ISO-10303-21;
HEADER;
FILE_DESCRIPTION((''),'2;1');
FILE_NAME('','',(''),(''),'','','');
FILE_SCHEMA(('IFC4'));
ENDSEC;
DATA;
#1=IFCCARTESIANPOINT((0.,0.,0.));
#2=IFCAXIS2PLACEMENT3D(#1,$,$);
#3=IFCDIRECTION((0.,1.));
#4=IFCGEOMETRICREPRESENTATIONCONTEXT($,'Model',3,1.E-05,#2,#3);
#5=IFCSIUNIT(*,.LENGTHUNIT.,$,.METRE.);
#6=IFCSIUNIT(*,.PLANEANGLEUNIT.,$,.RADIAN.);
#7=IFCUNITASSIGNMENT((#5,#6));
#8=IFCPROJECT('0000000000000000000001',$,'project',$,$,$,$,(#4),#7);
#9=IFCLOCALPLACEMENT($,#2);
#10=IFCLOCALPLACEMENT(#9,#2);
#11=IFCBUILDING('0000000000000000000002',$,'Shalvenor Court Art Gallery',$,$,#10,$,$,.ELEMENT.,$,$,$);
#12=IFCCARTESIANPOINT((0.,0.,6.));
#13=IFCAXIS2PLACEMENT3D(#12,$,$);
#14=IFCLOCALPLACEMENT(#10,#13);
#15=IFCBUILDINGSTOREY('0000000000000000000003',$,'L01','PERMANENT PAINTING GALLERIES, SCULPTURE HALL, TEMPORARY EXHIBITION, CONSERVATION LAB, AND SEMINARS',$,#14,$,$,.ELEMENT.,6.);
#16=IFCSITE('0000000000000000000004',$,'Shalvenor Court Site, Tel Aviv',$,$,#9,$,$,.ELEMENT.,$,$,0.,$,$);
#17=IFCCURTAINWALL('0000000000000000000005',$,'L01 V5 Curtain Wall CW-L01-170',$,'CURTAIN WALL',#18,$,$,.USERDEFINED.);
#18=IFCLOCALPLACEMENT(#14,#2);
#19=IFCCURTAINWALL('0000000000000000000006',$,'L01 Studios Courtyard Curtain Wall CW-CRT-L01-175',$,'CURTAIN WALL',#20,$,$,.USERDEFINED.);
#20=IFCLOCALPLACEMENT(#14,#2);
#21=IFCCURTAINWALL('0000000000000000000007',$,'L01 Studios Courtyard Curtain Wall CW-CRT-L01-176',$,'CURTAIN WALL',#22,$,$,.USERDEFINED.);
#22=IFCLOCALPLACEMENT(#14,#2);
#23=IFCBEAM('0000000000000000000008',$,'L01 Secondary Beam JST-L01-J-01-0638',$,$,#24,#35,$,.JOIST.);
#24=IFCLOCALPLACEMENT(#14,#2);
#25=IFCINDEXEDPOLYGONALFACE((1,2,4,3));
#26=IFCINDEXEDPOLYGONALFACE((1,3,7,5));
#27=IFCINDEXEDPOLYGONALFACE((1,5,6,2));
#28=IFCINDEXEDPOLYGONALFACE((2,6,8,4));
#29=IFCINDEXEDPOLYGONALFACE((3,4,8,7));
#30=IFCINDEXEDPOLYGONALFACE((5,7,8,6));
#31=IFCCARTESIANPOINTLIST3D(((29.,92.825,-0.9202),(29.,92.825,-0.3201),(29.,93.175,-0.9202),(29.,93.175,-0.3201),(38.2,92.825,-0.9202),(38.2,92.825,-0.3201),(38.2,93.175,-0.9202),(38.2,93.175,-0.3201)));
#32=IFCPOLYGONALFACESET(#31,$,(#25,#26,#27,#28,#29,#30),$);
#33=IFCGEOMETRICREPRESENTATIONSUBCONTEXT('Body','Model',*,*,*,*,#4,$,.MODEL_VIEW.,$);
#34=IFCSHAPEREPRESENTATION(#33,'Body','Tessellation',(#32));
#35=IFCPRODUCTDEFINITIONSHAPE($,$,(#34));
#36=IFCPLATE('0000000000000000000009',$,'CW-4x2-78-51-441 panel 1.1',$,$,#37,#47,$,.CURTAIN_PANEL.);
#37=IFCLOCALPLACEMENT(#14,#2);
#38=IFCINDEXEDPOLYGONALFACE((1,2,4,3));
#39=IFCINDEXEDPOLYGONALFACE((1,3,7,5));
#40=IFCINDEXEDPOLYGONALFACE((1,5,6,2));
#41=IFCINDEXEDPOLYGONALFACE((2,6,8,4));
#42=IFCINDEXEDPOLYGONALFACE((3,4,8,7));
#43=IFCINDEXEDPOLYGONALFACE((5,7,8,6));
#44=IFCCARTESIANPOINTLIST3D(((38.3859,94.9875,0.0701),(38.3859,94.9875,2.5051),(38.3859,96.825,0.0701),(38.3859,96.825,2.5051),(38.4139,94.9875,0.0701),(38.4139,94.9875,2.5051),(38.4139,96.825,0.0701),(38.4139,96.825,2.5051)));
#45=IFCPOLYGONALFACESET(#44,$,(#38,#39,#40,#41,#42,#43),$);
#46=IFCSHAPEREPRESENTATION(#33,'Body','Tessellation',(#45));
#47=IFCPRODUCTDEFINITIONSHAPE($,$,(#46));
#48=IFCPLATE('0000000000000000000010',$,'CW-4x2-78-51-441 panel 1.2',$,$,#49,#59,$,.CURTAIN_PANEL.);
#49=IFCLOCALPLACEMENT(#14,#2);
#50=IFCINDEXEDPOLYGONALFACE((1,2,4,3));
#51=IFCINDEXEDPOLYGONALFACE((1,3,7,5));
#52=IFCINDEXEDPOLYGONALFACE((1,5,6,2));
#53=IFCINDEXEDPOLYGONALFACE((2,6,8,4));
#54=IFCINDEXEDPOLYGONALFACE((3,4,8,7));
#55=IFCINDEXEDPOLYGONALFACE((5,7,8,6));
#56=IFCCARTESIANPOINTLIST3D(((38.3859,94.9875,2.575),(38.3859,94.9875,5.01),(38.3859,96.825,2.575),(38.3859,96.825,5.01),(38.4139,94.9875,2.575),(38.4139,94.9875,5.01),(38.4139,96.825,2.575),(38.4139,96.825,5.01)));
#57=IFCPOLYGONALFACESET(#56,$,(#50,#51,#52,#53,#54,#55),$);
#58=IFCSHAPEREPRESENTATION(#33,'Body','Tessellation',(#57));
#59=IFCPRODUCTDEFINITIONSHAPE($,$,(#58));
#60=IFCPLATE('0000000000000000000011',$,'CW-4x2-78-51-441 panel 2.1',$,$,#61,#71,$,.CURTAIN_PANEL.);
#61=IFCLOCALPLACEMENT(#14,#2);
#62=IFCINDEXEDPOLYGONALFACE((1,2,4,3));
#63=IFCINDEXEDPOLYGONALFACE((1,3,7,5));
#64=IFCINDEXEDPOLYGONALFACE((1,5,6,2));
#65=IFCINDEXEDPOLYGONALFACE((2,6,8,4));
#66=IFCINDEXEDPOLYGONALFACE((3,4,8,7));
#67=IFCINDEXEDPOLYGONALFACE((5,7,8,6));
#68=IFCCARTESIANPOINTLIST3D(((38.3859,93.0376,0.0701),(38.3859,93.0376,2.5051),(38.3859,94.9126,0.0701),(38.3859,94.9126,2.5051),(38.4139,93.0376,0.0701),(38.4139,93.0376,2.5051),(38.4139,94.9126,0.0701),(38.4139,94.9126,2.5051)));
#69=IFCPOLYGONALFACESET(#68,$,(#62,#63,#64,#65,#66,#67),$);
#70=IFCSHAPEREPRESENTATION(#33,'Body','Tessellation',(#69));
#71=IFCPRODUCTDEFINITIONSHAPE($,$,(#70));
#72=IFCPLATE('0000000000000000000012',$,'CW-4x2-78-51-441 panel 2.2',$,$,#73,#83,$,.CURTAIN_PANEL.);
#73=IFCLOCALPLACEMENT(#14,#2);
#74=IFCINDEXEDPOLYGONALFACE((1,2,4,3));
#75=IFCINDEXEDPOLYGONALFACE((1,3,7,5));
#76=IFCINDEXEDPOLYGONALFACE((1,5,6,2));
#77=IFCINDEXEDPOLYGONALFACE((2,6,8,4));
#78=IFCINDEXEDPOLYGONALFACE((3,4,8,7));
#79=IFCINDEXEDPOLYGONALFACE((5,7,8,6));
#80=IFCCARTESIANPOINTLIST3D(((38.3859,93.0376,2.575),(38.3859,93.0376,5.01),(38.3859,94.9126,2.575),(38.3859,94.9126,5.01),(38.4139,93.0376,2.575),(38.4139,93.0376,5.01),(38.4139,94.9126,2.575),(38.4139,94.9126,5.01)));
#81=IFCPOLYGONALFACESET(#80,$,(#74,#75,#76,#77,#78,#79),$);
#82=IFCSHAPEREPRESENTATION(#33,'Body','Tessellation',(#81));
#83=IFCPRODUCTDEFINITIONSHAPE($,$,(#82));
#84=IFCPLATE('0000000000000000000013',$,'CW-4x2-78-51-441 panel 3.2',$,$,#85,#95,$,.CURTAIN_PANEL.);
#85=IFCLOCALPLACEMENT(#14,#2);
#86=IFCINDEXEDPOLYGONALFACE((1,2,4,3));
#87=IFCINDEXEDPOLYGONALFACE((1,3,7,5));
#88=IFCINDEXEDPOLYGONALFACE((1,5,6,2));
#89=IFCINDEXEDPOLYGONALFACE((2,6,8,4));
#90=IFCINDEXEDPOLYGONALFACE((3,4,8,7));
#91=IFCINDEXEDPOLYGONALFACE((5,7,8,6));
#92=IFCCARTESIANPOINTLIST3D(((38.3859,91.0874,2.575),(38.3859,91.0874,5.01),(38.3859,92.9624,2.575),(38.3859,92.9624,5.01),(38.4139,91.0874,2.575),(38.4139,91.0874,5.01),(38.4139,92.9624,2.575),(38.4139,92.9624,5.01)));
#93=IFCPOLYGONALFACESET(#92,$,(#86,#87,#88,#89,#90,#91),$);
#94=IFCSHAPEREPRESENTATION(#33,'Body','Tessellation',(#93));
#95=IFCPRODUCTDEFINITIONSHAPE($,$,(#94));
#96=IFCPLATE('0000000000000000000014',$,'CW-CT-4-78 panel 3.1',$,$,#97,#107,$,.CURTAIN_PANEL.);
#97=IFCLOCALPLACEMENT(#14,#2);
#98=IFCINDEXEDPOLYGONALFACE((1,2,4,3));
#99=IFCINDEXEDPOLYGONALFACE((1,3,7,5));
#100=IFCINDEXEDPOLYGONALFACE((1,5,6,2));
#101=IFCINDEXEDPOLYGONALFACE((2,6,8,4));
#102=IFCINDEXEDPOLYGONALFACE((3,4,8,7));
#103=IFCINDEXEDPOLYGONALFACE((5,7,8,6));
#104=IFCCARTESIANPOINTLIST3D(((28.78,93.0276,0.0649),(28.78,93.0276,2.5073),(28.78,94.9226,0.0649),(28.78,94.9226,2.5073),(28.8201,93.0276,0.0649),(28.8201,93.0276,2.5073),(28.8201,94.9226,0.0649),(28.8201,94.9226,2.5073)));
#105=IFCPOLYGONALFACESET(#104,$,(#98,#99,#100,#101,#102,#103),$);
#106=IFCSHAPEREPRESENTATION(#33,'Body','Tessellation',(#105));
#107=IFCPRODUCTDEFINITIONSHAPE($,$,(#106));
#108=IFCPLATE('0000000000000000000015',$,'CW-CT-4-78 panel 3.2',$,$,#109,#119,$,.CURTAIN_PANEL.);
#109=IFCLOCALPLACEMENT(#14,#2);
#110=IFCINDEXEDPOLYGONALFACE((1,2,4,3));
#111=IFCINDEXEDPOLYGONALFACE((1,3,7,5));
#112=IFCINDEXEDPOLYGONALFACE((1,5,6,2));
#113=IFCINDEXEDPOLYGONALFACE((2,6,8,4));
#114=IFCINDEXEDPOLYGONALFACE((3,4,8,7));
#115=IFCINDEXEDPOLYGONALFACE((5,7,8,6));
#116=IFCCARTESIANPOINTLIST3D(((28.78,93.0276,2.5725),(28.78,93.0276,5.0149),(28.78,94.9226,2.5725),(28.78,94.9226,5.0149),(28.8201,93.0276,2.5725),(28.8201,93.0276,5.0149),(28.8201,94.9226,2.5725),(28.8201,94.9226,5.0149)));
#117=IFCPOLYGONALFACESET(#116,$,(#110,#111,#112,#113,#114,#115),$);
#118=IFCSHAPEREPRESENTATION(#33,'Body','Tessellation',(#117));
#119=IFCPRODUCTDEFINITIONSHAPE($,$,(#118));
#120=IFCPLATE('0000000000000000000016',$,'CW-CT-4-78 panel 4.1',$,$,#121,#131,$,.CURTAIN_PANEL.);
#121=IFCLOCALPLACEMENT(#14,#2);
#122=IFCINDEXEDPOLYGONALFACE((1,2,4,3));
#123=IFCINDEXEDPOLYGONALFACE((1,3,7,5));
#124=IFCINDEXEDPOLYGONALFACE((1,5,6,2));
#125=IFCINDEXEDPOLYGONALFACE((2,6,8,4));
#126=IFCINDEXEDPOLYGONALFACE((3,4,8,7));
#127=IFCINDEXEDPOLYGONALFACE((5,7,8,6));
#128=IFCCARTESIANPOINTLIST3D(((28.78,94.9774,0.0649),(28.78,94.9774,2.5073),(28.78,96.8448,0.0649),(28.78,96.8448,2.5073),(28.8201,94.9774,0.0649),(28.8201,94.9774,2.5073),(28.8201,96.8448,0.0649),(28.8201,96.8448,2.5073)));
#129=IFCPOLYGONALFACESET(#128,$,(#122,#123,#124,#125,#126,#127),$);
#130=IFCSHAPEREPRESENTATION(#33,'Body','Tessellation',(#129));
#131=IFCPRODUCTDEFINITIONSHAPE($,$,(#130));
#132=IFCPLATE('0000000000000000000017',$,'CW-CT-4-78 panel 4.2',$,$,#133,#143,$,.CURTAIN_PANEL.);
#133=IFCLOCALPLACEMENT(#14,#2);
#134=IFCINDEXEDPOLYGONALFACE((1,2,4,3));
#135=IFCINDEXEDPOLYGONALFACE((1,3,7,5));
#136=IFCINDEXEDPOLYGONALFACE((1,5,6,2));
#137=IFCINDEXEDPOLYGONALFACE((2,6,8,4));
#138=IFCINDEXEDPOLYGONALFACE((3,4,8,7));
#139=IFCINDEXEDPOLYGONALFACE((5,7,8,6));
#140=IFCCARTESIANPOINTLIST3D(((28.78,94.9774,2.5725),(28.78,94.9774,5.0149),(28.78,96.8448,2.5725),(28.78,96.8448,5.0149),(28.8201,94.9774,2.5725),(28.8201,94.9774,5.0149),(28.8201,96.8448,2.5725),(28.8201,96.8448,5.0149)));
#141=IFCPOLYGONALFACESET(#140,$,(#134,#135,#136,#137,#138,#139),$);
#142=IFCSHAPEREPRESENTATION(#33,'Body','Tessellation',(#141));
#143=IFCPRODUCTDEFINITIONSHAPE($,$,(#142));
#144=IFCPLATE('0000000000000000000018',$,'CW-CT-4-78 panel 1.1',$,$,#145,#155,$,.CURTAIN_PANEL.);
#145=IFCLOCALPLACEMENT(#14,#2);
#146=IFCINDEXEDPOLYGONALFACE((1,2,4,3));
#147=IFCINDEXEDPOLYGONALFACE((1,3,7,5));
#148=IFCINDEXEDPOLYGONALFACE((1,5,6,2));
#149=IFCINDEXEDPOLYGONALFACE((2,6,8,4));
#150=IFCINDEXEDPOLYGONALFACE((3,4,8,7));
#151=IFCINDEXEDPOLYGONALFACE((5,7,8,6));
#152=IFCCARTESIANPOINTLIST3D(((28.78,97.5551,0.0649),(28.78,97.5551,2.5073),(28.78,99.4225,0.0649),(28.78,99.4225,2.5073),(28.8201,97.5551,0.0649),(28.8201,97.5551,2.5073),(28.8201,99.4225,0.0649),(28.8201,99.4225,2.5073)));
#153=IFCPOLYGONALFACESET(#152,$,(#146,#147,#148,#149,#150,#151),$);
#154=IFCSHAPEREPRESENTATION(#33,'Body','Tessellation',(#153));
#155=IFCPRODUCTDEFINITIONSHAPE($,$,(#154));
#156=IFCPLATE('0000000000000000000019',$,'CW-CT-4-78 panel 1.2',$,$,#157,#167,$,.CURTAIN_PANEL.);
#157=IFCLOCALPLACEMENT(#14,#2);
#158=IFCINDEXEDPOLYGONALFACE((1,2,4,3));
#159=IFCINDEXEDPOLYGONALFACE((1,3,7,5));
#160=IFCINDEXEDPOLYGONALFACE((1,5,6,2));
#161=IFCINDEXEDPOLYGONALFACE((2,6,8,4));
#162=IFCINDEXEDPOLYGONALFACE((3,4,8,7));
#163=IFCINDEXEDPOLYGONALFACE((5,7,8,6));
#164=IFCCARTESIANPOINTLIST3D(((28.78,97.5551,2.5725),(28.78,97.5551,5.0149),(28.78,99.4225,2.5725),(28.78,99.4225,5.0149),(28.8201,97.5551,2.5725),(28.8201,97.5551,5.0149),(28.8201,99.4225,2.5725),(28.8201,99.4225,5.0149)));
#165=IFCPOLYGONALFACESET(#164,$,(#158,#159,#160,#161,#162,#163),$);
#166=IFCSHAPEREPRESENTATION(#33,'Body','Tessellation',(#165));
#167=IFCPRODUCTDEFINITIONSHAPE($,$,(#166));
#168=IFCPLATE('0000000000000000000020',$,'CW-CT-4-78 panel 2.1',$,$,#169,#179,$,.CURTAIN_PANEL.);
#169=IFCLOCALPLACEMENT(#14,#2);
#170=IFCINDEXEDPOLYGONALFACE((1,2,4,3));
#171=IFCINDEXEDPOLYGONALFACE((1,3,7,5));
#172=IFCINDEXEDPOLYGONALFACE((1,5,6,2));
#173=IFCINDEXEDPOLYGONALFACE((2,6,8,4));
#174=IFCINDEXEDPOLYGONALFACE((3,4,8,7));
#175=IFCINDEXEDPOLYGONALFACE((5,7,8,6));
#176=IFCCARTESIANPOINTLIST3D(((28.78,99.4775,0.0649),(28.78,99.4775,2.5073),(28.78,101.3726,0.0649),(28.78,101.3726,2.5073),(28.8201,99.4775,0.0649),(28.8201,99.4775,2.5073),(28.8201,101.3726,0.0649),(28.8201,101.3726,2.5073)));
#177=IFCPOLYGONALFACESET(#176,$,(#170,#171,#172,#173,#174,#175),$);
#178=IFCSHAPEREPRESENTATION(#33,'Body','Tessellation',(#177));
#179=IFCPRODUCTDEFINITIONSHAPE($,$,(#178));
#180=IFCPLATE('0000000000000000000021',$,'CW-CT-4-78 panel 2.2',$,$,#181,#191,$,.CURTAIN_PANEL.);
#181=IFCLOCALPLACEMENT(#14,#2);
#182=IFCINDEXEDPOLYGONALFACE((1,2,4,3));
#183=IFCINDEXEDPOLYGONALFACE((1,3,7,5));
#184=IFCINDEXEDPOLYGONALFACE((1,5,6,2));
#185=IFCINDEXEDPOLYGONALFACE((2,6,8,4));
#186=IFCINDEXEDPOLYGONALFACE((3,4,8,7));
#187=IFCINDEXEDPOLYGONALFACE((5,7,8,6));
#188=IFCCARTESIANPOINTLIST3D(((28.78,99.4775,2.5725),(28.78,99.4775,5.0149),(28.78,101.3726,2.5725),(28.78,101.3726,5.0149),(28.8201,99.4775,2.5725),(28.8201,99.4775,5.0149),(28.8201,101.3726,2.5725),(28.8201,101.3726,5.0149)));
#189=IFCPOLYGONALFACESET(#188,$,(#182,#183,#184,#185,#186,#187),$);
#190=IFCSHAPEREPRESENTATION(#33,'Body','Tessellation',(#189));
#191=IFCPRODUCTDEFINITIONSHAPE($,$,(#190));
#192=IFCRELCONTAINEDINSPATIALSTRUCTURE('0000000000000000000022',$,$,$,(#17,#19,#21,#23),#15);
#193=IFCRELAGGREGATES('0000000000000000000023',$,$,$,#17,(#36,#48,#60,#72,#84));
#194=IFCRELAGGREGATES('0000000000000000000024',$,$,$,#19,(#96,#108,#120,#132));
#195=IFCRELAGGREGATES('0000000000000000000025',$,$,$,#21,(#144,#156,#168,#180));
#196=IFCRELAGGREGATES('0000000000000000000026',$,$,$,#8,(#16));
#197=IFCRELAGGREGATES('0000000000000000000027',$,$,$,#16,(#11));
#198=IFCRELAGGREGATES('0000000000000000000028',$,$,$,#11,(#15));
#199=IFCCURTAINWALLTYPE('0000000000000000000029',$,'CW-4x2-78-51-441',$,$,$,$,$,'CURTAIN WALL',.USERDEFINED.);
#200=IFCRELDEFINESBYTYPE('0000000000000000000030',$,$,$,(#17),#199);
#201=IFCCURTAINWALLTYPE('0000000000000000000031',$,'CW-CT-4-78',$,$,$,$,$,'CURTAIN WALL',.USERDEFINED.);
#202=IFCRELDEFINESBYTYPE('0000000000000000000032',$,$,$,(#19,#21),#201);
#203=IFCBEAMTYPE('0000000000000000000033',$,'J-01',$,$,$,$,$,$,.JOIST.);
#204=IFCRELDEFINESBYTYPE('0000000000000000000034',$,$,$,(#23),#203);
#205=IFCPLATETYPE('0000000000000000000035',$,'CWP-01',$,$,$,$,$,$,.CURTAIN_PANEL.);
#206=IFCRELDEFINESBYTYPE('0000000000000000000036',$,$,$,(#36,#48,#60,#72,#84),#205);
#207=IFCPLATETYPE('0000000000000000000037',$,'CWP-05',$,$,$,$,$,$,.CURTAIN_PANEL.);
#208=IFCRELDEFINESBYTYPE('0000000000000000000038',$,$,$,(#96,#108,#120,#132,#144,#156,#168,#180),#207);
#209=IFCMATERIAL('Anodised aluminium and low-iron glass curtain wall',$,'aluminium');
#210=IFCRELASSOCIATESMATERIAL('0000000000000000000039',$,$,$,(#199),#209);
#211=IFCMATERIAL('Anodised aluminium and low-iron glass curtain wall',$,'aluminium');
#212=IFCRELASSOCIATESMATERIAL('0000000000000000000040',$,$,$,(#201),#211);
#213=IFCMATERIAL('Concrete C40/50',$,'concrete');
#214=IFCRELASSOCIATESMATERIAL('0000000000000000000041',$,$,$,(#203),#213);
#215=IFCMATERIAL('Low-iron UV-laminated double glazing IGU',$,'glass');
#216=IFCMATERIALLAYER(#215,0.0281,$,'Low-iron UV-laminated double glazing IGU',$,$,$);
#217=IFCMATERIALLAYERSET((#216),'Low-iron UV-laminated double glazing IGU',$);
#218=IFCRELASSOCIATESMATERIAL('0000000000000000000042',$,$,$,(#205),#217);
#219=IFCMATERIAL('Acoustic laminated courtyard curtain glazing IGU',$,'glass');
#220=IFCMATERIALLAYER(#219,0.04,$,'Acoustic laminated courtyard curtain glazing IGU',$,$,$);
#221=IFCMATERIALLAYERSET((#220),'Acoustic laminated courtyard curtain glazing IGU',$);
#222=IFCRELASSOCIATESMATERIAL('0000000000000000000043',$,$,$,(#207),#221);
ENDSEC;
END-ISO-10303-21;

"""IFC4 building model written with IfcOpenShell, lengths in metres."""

from ifc_helpers import new_model, si_unit, direction, frame, origin, origin_2d, place, context, subcontext, project, spatial, rectangle, extrude, material, layer, layer_set, material_profile, profile_set, type_object, element, aggregate, save


model = new_model("IFC4")

# Units and contexts
model_context = context("Model", 3, precision=1e-05, world=origin(), true_north=direction((0.0, 1.0)))
body_context = subcontext(model_context, "Body", "Model", "MODEL_VIEW")
ifc_project = project(units=[si_unit("LENGTHUNIT", "METRE"), si_unit("PLANEANGLEUNIT", "RADIAN")], contexts=[model_context])

# Site, building, storey
site_placement = place(None, origin())
site = spatial("IfcSite", under=ifc_project, at=site_placement, Name="Shalvenor Court Site, Tel Aviv", CompositionType="ELEMENT", RefElevation=0.0)
building_placement = place(site_placement, origin())
building = spatial("IfcBuilding", under=site, at=building_placement, Name="Shalvenor Court Art Gallery", CompositionType="ELEMENT")
storey_placement = place(building_placement, frame((0.0, 0.0, 6.0)))
storey = spatial("IfcBuildingStorey", under=building, at=storey_placement, Name="L01", Description="PERMANENT PAINTING GALLERIES, SCULPTURE HALL, TEMPORARY EXHIBITION, CONSERVATION LAB, AND SEMINARS", CompositionType="ELEMENT", Elevation=6.0)

# Curtain walls
ifc_material_1 = material(Name="Anodised aluminium and low-iron glass curtain wall", Category="aluminium")
curtain_wall_type_1 = type_object("IfcCurtainWallType", Name="CW-4x2-78-51-441", ElementType="CURTAIN WALL", PredefinedType="USERDEFINED", material=ifc_material_1)
curtain_wall_1_placement = place(storey_placement, origin())
curtain_wall_1 = element("IfcCurtainWall", 1, at=curtain_wall_1_placement, inside=storey, type_object=curtain_wall_type_1, Name="L01 V5 Curtain Wall CW-L01-170", ObjectType="CURTAIN WALL", PredefinedType="USERDEFINED")
ifc_material_2 = material(Name="Anodised aluminium and low-iron glass curtain wall", Category="aluminium")
curtain_wall_type_2 = type_object("IfcCurtainWallType", Name="CW-CT-4-78", ElementType="CURTAIN WALL", PredefinedType="USERDEFINED", material=ifc_material_2)
curtain_wall_2_placement = place(storey_placement, origin())
curtain_wall_2 = element("IfcCurtainWall", 2, at=curtain_wall_2_placement, inside=storey, type_object=curtain_wall_type_2, Name="L01 Studios Courtyard Curtain Wall CW-CRT-L01-175", ObjectType="CURTAIN WALL", PredefinedType="USERDEFINED")
curtain_wall_3_placement = place(storey_placement, origin())
curtain_wall_3 = element("IfcCurtainWall", 3, at=curtain_wall_3_placement, inside=storey, type_object=curtain_wall_type_2, Name="L01 Studios Courtyard Curtain Wall CW-CRT-L01-176", ObjectType="CURTAIN WALL", PredefinedType="USERDEFINED")

# Beam
ifc_material_3 = material(Name="Concrete C40/50", Category="concrete")
ifc_material_profile_1 = material_profile(ifc_material_3, rectangle(XDim=0.3501, YDim=0.6001, at=origin_2d()), Name="RC 350x600")
ifc_profile_set_1 = profile_set([ifc_material_profile_1], Name="Concrete C40/50")
beam_type_1 = type_object("IfcBeamType", Name="J-01", PredefinedType="JOIST", material=ifc_profile_set_1)
beam_1_placement = place(storey_placement, frame((29.0, 93.0, -0.6201), z_axis=(1.0, 0.0, 0.0), x_axis=(0.0, 1.0, 0.0)))
element("IfcBeam", 4, at=beam_1_placement, inside=storey, type_object=beam_type_1, Name="L01 Secondary Beam JST-L01-J-01-0638", PredefinedType="JOIST", context=body_context, shape_type="SweptSolid", body=[
    extrude(rectangle(XDim=0.3501, YDim=0.6001, at=origin_2d()), origin(), (0.0, 0.0, 1.0), 9.2),
])

# Plates
ifc_material_4 = material(Name="Low-iron UV-laminated double glazing IGU", Category="glass")
ifc_layer_1 = layer(ifc_material_4, 0.0281, Name="Low-iron UV-laminated double glazing IGU")
ifc_layer_set_1 = layer_set([ifc_layer_1], Name="Low-iron UV-laminated double glazing IGU")
plate_type_1 = type_object("IfcPlateType", Name="CWP-01", PredefinedType="CURTAIN_PANEL", material=ifc_layer_set_1)
plate_1_placement = place(storey_placement, frame((38.3999, 95.9062, 0.0701), z_axis=(0.0, 0.0, 1.0), x_axis=(0.0, -1.0, 0.0)))
plate_1 = element("IfcPlate", 5, at=plate_1_placement, type_object=plate_type_1, Name="CW-4x2-78-51-441 panel 1.1", PredefinedType="CURTAIN_PANEL", context=body_context, shape_type="SweptSolid", body=[
    extrude(rectangle(XDim=1.8374, YDim=0.0281, at=origin_2d()), origin(), (0.0, 0.0, 1.0), 2.4351),
])
plate_2_placement = place(storey_placement, frame((38.3999, 95.9062, 2.575), z_axis=(0.0, 0.0, 1.0), x_axis=(0.0, -1.0, 0.0)))
plate_2 = element("IfcPlate", 6, at=plate_2_placement, type_object=plate_type_1, Name="CW-4x2-78-51-441 panel 1.2", PredefinedType="CURTAIN_PANEL", context=body_context, shape_type="SweptSolid", body=[
    extrude(rectangle(XDim=1.8374, YDim=0.0281, at=origin_2d()), origin(), (0.0, 0.0, 1.0), 2.4351),
])
plate_3_placement = place(storey_placement, frame((38.3999, 93.9751, 0.0701), z_axis=(0.0, 0.0, 1.0), x_axis=(0.0, -1.0, 0.0)))
plate_3 = element("IfcPlate", 7, at=plate_3_placement, type_object=plate_type_1, Name="CW-4x2-78-51-441 panel 2.1", PredefinedType="CURTAIN_PANEL", context=body_context, shape_type="SweptSolid", body=[
    extrude(rectangle(XDim=1.875, YDim=0.0281, at=origin_2d()), origin(), (0.0, 0.0, 1.0), 2.4351),
])
plate_4_placement = place(storey_placement, frame((38.3999, 93.9751, 2.575), z_axis=(0.0, 0.0, 1.0), x_axis=(0.0, -1.0, 0.0)))
plate_4 = element("IfcPlate", 8, at=plate_4_placement, type_object=plate_type_1, Name="CW-4x2-78-51-441 panel 2.2", PredefinedType="CURTAIN_PANEL", context=body_context, shape_type="SweptSolid", body=[
    extrude(rectangle(XDim=1.875, YDim=0.0281, at=origin_2d()), origin(), (0.0, 0.0, 1.0), 2.4351),
])
plate_5_placement = place(storey_placement, frame((38.3999, 92.0249, 2.575), z_axis=(0.0, 0.0, 1.0), x_axis=(0.0, -1.0, 0.0)))
plate_5 = element("IfcPlate", 9, at=plate_5_placement, type_object=plate_type_1, Name="CW-4x2-78-51-441 panel 3.2", PredefinedType="CURTAIN_PANEL", context=body_context, shape_type="SweptSolid", body=[
    extrude(rectangle(XDim=1.875, YDim=0.0281, at=origin_2d()), origin(), (0.0, 0.0, 1.0), 2.4351),
])
aggregate(curtain_wall_1, [plate_1, plate_2, plate_3, plate_4, plate_5])
ifc_material_5 = material(Name="Acoustic laminated courtyard curtain glazing IGU", Category="glass")
ifc_layer_2 = layer(ifc_material_5, 0.04, Name="Acoustic laminated courtyard curtain glazing IGU")
ifc_layer_set_2 = layer_set([ifc_layer_2], Name="Acoustic laminated courtyard curtain glazing IGU")
plate_type_2 = type_object("IfcPlateType", Name="CWP-05", PredefinedType="CURTAIN_PANEL", material=ifc_layer_set_2)
plate_6_placement = place(storey_placement, frame((28.8, 93.9751, 0.0649), z_axis=(0.0, 0.0, 1.0), x_axis=(0.0, 1.0, 0.0)))
plate_6 = element("IfcPlate", 10, at=plate_6_placement, type_object=plate_type_2, Name="CW-CT-4-78 panel 3.1", PredefinedType="CURTAIN_PANEL", context=body_context, shape_type="SweptSolid", body=[
    extrude(rectangle(XDim=1.895, YDim=0.04, at=origin_2d()), origin(), (0.0, 0.0, 1.0), 2.4424),
])
plate_7_placement = place(storey_placement, frame((28.8, 93.9751, 2.5725), z_axis=(0.0, 0.0, 1.0), x_axis=(0.0, 1.0, 0.0)))
plate_7 = element("IfcPlate", 11, at=plate_7_placement, type_object=plate_type_2, Name="CW-CT-4-78 panel 3.2", PredefinedType="CURTAIN_PANEL", context=body_context, shape_type="SweptSolid", body=[
    extrude(rectangle(XDim=1.895, YDim=0.04, at=origin_2d()), origin(), (0.0, 0.0, 1.0), 2.4424),
])
plate_8_placement = place(storey_placement, frame((28.8, 95.9111, 0.0649), z_axis=(0.0, 0.0, 1.0), x_axis=(0.0, 1.0, 0.0)))
plate_8 = element("IfcPlate", 12, at=plate_8_placement, type_object=plate_type_2, Name="CW-CT-4-78 panel 4.1", PredefinedType="CURTAIN_PANEL", context=body_context, shape_type="SweptSolid", body=[
    extrude(rectangle(XDim=1.8674, YDim=0.04, at=origin_2d()), origin(), (0.0, 0.0, 1.0), 2.4424),
])
plate_9_placement = place(storey_placement, frame((28.8, 95.9111, 2.5725), z_axis=(0.0, 0.0, 1.0), x_axis=(0.0, 1.0, 0.0)))
plate_9 = element("IfcPlate", 13, at=plate_9_placement, type_object=plate_type_2, Name="CW-CT-4-78 panel 4.2", PredefinedType="CURTAIN_PANEL", context=body_context, shape_type="SweptSolid", body=[
    extrude(rectangle(XDim=1.8674, YDim=0.04, at=origin_2d()), origin(), (0.0, 0.0, 1.0), 2.4424),
])
aggregate(curtain_wall_2, [plate_6, plate_7, plate_8, plate_9])
plate_10_placement = place(storey_placement, frame((28.8, 98.4888, 0.0649), z_axis=(0.0, 0.0, 1.0), x_axis=(0.0, 1.0, 0.0)))
plate_10 = element("IfcPlate", 14, at=plate_10_placement, type_object=plate_type_2, Name="CW-CT-4-78 panel 1.1", PredefinedType="CURTAIN_PANEL", context=body_context, shape_type="SweptSolid", body=[
    extrude(rectangle(XDim=1.8674, YDim=0.04, at=origin_2d()), origin(), (0.0, 0.0, 1.0), 2.4424),
])
plate_11_placement = place(storey_placement, frame((28.8, 98.4888, 2.5725), z_axis=(0.0, 0.0, 1.0), x_axis=(0.0, 1.0, 0.0)))
plate_11 = element("IfcPlate", 15, at=plate_11_placement, type_object=plate_type_2, Name="CW-CT-4-78 panel 1.2", PredefinedType="CURTAIN_PANEL", context=body_context, shape_type="SweptSolid", body=[
    extrude(rectangle(XDim=1.8674, YDim=0.04, at=origin_2d()), origin(), (0.0, 0.0, 1.0), 2.4424),
])
plate_12_placement = place(storey_placement, frame((28.8, 100.425, 0.0649), z_axis=(0.0, 0.0, 1.0), x_axis=(0.0, 1.0, 0.0)))
plate_12 = element("IfcPlate", 16, at=plate_12_placement, type_object=plate_type_2, Name="CW-CT-4-78 panel 2.1", PredefinedType="CURTAIN_PANEL", context=body_context, shape_type="SweptSolid", body=[
    extrude(rectangle(XDim=1.895, YDim=0.04, at=origin_2d()), origin(), (0.0, 0.0, 1.0), 2.4424),
])
plate_13_placement = place(storey_placement, frame((28.8, 100.425, 2.5725), z_axis=(0.0, 0.0, 1.0), x_axis=(0.0, 1.0, 0.0)))
plate_13 = element("IfcPlate", 17, at=plate_13_placement, type_object=plate_type_2, Name="CW-CT-4-78 panel 2.2", PredefinedType="CURTAIN_PANEL", context=body_context, shape_type="SweptSolid", body=[
    extrude(rectangle(XDim=1.895, YDim=0.04, at=origin_2d()), origin(), (0.0, 0.0, 1.0), 2.4424),
])
aggregate(curtain_wall_3, [plate_10, plate_11, plate_12, plate_13])

save(model, "model.ifc")
